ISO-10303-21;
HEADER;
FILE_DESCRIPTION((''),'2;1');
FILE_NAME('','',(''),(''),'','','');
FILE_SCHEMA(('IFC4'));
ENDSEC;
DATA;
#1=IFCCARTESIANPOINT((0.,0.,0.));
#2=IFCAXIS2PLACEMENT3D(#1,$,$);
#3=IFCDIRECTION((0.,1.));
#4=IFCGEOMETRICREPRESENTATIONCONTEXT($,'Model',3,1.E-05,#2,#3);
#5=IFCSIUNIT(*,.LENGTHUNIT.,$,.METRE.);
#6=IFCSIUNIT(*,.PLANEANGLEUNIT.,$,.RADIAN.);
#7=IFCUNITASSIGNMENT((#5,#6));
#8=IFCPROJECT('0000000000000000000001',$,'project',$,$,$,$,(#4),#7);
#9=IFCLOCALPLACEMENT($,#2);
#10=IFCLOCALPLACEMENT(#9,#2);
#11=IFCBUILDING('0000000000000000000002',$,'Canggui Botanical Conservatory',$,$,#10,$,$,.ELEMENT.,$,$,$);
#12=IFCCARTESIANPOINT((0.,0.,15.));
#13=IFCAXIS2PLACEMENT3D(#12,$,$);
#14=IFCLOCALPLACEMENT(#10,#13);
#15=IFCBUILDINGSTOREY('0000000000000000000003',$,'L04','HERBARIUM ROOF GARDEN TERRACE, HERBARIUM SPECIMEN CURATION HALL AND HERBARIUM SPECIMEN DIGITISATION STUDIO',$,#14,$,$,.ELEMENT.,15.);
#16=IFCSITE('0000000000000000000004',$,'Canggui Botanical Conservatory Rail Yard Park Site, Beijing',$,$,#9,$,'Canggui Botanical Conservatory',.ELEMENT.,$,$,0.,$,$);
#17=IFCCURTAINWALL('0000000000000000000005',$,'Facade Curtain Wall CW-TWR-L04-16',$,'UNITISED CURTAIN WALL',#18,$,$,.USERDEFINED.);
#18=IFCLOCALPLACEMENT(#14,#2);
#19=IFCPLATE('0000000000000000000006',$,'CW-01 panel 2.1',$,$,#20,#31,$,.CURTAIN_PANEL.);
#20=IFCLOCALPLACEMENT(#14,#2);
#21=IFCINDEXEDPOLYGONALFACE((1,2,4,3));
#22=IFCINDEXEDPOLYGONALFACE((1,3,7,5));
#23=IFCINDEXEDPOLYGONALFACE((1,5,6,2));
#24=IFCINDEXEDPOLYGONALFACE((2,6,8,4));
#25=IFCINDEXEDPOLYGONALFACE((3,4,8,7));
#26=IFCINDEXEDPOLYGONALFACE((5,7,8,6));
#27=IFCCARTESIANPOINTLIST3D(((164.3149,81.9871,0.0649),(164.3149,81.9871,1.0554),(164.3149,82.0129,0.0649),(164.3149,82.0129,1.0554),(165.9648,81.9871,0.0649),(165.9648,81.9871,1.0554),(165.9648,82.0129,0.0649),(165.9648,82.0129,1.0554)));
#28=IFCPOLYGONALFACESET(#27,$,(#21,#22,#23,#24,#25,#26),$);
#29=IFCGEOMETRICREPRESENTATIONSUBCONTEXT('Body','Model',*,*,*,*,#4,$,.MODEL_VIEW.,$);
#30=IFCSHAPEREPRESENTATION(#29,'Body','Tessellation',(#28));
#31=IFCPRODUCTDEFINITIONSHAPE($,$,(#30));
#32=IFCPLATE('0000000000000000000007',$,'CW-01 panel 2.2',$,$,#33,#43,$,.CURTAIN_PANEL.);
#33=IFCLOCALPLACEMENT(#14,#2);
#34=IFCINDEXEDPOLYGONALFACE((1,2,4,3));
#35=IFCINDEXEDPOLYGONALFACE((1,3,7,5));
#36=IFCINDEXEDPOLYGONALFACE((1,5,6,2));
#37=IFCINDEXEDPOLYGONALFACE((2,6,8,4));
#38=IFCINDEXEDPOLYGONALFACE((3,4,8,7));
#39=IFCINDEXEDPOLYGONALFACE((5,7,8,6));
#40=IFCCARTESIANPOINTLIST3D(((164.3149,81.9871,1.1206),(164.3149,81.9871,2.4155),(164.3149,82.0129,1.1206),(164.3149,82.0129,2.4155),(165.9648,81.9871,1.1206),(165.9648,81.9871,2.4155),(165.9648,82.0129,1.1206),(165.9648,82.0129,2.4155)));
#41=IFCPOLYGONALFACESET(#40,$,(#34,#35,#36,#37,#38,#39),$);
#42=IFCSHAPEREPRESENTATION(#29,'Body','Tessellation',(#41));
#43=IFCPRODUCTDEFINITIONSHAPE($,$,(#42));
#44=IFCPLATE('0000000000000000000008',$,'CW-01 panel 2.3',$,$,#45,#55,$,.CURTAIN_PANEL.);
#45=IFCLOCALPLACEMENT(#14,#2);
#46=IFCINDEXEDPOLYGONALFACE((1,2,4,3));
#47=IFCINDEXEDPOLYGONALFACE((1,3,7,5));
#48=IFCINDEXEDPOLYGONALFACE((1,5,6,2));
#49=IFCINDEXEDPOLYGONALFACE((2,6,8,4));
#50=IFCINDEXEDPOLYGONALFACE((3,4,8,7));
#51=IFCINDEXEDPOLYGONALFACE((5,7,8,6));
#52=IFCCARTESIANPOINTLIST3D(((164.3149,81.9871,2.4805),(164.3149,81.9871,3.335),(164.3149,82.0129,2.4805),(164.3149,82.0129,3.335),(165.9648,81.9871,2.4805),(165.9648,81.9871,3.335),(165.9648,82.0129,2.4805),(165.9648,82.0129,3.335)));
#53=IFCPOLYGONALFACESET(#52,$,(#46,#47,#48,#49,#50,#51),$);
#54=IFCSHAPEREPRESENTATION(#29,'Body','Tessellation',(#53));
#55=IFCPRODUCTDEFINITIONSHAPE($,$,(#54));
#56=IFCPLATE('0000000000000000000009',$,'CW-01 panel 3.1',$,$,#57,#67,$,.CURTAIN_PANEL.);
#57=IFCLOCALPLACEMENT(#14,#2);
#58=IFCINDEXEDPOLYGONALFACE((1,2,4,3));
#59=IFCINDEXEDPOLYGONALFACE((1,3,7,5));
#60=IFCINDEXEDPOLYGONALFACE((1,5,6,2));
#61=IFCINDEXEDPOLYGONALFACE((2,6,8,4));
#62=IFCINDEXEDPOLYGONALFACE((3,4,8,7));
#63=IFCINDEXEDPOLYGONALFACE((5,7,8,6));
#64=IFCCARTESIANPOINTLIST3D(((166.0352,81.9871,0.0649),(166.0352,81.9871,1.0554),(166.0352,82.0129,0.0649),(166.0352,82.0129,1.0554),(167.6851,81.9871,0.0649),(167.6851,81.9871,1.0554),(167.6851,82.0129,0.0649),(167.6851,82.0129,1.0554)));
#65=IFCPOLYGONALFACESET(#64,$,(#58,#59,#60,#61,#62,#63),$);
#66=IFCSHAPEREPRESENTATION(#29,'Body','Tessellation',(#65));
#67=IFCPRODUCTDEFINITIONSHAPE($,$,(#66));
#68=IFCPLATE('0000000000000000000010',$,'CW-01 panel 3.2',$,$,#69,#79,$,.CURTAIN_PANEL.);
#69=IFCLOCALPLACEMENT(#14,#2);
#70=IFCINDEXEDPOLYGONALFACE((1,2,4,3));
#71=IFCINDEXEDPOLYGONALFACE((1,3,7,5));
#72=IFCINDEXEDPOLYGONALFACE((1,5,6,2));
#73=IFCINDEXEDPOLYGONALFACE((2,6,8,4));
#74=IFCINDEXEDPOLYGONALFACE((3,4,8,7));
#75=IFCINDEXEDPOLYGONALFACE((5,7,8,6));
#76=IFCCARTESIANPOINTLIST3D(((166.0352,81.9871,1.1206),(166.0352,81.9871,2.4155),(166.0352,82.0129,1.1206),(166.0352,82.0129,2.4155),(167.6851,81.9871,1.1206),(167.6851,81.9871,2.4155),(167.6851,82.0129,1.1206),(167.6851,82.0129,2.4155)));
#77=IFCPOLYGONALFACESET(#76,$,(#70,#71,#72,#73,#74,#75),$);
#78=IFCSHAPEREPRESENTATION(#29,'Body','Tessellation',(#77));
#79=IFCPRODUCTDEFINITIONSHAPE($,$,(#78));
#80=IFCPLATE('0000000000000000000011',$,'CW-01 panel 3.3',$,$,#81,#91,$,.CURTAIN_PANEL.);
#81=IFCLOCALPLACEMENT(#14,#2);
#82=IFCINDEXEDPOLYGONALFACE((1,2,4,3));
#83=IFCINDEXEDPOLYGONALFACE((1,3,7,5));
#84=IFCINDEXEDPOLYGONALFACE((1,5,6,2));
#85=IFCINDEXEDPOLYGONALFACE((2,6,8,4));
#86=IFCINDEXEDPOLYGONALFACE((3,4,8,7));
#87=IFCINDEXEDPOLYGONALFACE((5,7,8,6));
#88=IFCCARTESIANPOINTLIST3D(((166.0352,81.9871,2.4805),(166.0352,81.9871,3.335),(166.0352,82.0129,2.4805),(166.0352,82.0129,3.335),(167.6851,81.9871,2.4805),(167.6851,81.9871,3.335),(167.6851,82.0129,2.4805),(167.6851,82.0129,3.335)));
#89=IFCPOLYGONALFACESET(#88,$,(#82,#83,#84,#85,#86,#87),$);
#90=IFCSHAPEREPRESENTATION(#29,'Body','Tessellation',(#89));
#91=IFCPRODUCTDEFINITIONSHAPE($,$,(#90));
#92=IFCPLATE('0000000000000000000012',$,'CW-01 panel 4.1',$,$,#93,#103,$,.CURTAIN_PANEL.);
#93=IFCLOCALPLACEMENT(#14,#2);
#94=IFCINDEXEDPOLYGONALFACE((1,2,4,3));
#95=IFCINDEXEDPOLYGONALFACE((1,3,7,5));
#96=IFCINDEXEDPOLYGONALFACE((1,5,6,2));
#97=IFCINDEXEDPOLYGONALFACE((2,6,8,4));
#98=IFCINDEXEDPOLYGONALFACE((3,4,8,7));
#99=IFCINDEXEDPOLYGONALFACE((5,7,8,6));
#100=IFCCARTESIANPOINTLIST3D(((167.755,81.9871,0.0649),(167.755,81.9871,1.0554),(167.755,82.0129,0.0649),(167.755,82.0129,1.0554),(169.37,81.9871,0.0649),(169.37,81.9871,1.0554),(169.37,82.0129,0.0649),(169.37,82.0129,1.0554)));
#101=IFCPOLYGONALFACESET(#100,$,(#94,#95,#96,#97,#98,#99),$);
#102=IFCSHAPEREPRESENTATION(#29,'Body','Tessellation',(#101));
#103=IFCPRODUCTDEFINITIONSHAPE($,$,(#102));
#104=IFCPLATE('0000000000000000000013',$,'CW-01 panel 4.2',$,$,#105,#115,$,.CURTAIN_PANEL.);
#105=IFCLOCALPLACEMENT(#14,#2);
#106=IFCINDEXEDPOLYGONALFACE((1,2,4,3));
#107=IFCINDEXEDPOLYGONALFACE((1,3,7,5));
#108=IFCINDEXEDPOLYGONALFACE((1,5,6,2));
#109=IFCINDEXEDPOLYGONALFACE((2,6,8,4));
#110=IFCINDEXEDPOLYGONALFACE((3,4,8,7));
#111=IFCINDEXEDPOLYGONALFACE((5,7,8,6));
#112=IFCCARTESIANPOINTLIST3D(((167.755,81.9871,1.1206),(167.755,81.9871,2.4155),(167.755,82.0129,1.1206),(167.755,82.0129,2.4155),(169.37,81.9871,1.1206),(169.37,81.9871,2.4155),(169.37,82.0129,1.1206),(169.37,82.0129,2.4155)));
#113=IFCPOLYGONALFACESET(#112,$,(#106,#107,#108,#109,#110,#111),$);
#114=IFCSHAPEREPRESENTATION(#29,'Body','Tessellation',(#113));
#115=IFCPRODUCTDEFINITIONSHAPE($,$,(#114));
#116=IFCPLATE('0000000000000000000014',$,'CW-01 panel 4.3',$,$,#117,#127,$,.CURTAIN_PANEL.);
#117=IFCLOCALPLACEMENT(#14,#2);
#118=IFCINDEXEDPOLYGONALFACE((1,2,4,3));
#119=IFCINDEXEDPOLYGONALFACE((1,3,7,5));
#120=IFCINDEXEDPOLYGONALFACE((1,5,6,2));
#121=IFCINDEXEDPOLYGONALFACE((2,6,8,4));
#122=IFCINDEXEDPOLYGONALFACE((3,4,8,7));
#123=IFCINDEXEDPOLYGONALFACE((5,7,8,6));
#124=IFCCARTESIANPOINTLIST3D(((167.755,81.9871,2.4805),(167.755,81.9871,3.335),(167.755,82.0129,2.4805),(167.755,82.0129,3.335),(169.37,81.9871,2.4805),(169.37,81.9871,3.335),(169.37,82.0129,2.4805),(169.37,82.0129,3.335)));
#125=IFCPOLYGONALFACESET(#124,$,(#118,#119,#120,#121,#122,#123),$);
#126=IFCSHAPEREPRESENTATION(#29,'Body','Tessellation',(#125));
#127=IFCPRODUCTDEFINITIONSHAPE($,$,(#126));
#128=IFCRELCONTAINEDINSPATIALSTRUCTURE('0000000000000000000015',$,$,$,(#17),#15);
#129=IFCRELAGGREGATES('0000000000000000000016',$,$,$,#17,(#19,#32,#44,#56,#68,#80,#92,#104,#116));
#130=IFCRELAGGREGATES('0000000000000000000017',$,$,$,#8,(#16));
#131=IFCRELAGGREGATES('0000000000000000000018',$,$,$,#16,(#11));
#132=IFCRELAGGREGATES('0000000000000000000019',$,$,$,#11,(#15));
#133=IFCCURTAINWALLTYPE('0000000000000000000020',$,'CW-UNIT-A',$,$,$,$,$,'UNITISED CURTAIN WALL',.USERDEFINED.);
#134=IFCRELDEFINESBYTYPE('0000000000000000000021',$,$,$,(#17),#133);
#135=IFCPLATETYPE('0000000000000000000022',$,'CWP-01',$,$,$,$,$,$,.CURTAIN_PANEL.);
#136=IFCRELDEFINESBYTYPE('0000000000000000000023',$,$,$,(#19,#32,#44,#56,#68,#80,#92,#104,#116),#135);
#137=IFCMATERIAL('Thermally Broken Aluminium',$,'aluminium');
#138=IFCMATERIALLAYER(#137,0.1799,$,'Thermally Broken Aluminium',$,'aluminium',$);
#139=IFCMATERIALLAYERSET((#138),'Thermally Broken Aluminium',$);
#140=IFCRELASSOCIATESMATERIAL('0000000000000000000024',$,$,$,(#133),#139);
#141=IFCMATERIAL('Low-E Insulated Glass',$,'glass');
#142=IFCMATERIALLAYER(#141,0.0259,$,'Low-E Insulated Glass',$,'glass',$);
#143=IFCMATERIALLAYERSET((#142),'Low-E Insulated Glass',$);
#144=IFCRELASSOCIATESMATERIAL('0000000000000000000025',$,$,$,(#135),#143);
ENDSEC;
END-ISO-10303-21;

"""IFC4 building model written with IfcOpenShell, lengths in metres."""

from ifc_helpers import new_model, si_unit, direction, frame, origin, origin_2d, place, context, subcontext, project, spatial, rectangle, extrude, material, layer, layer_set, type_object, element, aggregate, save


model = new_model("IFC4")

# Units and contexts
model_context = context("Model", 3, precision=1e-05, world=origin(), true_north=direction((0.0, 1.0)))
body_context = subcontext(model_context, "Body", "Model", "MODEL_VIEW")
ifc_project = project(units=[si_unit("LENGTHUNIT", "METRE"), si_unit("PLANEANGLEUNIT", "RADIAN")], contexts=[model_context])

# Site, building, storey
site_placement = place(None, origin())
site = spatial("IfcSite", under=ifc_project, at=site_placement, Name="Canggui Botanical Conservatory Rail Yard Park Site, Beijing", LongName="Canggui Botanical Conservatory", CompositionType="ELEMENT", RefElevation=0.0)
building_placement = place(site_placement, origin())
building = spatial("IfcBuilding", under=site, at=building_placement, Name="Canggui Botanical Conservatory", CompositionType="ELEMENT")
storey_placement = place(building_placement, frame((0.0, 0.0, 15.0)))
storey = spatial("IfcBuildingStorey", under=building, at=storey_placement, Name="L04", Description="HERBARIUM ROOF GARDEN TERRACE, HERBARIUM SPECIMEN CURATION HALL AND HERBARIUM SPECIMEN DIGITISATION STUDIO", CompositionType="ELEMENT", Elevation=15.0)

# Curtain wall, plates
ifc_material_1 = material(Name="Thermally Broken Aluminium", Category="aluminium")
ifc_layer_1 = layer(ifc_material_1, 0.1799, Name="Thermally Broken Aluminium", Category="aluminium")
ifc_layer_set_1 = layer_set([ifc_layer_1], Name="Thermally Broken Aluminium")
curtain_wall_type = type_object("IfcCurtainWallType", Name="CW-UNIT-A", ElementType="UNITISED CURTAIN WALL", PredefinedType="USERDEFINED", material=ifc_layer_set_1)
curtain_wall_placement = place(storey_placement, origin())
curtain_wall = element("IfcCurtainWall", 1, at=curtain_wall_placement, inside=storey, type_object=curtain_wall_type, Name="Facade Curtain Wall CW-TWR-L04-16", ObjectType="UNITISED CURTAIN WALL", PredefinedType="USERDEFINED")
ifc_material_2 = material(Name="Low-E Insulated Glass", Category="glass")
ifc_layer_2 = layer(ifc_material_2, 0.0259, Name="Low-E Insulated Glass", Category="glass")
ifc_layer_set_2 = layer_set([ifc_layer_2], Name="Low-E Insulated Glass")
plate_type = type_object("IfcPlateType", Name="CWP-01", PredefinedType="CURTAIN_PANEL", material=ifc_layer_set_2)
plate_1_placement = place(storey_placement, frame((165.1399, 82.0, 0.0649), z_axis=(0.0, 0.0, 1.0), x_axis=(1.0, 0.0, 0.0)))
plate_1 = element("IfcPlate", 2, at=plate_1_placement, type_object=plate_type, Name="CW-01 panel 2.1", PredefinedType="CURTAIN_PANEL", context=body_context, shape_type="SweptSolid", body=[
    extrude(rectangle(XDim=1.6499, YDim=0.0259, at=origin_2d()), origin(), (0.0, 0.0, 1.0), 0.9905),
])
plate_2_placement = place(storey_placement, frame((165.1399, 82.0, 1.1206), z_axis=(0.0, 0.0, 1.0), x_axis=(1.0, 0.0, 0.0)))
plate_2 = element("IfcPlate", 3, at=plate_2_placement, type_object=plate_type, Name="CW-01 panel 2.2", PredefinedType="CURTAIN_PANEL", context=body_context, shape_type="SweptSolid", body=[
    extrude(rectangle(XDim=1.6499, YDim=0.0259, at=origin_2d()), origin(), (0.0, 0.0, 1.0), 1.2949),
])
plate_3_placement = place(storey_placement, frame((165.1399, 82.0, 2.4805), z_axis=(0.0, 0.0, 1.0), x_axis=(1.0, 0.0, 0.0)))
plate_3 = element("IfcPlate", 4, at=plate_3_placement, type_object=plate_type, Name="CW-01 panel 2.3", PredefinedType="CURTAIN_PANEL", context=body_context, shape_type="SweptSolid", body=[
    extrude(rectangle(XDim=1.6499, YDim=0.0259, at=origin_2d()), origin(), (0.0, 0.0, 1.0), 0.8545),
])
plate_4_placement = place(storey_placement, frame((166.8601, 82.0, 0.0649), z_axis=(0.0, 0.0, 1.0), x_axis=(1.0, 0.0, 0.0)))
plate_4 = element("IfcPlate", 5, at=plate_4_placement, type_object=plate_type, Name="CW-01 panel 3.1", PredefinedType="CURTAIN_PANEL", context=body_context, shape_type="SweptSolid", body=[
    extrude(rectangle(XDim=1.6499, YDim=0.0259, at=origin_2d()), origin(), (0.0, 0.0, 1.0), 0.9905),
])
plate_5_placement = place(storey_placement, frame((166.8601, 82.0, 1.1206), z_axis=(0.0, 0.0, 1.0), x_axis=(1.0, 0.0, 0.0)))
plate_5 = element("IfcPlate", 6, at=plate_5_placement, type_object=plate_type, Name="CW-01 panel 3.2", PredefinedType="CURTAIN_PANEL", context=body_context, shape_type="SweptSolid", body=[
    extrude(rectangle(XDim=1.6499, YDim=0.0259, at=origin_2d()), origin(), (0.0, 0.0, 1.0), 1.2949),
])
plate_6_placement = place(storey_placement, frame((166.8601, 82.0, 2.4805), z_axis=(0.0, 0.0, 1.0), x_axis=(1.0, 0.0, 0.0)))
plate_6 = element("IfcPlate", 7, at=plate_6_placement, type_object=plate_type, Name="CW-01 panel 3.3", PredefinedType="CURTAIN_PANEL", context=body_context, shape_type="SweptSolid", body=[
    extrude(rectangle(XDim=1.6499, YDim=0.0259, at=origin_2d()), origin(), (0.0, 0.0, 1.0), 0.8545),
])
plate_7_placement = place(storey_placement, frame((168.5625, 82.0, 0.0649), z_axis=(0.0, 0.0, 1.0), x_axis=(1.0, 0.0, 0.0)))
plate_7 = element("IfcPlate", 8, at=plate_7_placement, type_object=plate_type, Name="CW-01 panel 4.1", PredefinedType="CURTAIN_PANEL", context=body_context, shape_type="SweptSolid", body=[
    extrude(rectangle(XDim=1.615, YDim=0.0259, at=origin_2d()), origin(), (0.0, 0.0, 1.0), 0.9905),
])
plate_8_placement = place(storey_placement, frame((168.5625, 82.0, 1.1206), z_axis=(0.0, 0.0, 1.0), x_axis=(1.0, 0.0, 0.0)))
plate_8 = element("IfcPlate", 9, at=plate_8_placement, type_object=plate_type, Name="CW-01 panel 4.2", PredefinedType="CURTAIN_PANEL", context=body_context, shape_type="SweptSolid", body=[
    extrude(rectangle(XDim=1.615, YDim=0.0259, at=origin_2d()), origin(), (0.0, 0.0, 1.0), 1.2949),
])
plate_9_placement = place(storey_placement, frame((168.5625, 82.0, 2.4805), z_axis=(0.0, 0.0, 1.0), x_axis=(1.0, 0.0, 0.0)))
plate_9 = element("IfcPlate", 10, at=plate_9_placement, type_object=plate_type, Name="CW-01 panel 4.3", PredefinedType="CURTAIN_PANEL", context=body_context, shape_type="SweptSolid", body=[
    extrude(rectangle(XDim=1.615, YDim=0.0259, at=origin_2d()), origin(), (0.0, 0.0, 1.0), 0.8545),
])
aggregate(curtain_wall, [plate_1, plate_2, plate_3, plate_4, plate_5, plate_6, plate_7, plate_8, plate_9])

save(model, "model.ifc")
